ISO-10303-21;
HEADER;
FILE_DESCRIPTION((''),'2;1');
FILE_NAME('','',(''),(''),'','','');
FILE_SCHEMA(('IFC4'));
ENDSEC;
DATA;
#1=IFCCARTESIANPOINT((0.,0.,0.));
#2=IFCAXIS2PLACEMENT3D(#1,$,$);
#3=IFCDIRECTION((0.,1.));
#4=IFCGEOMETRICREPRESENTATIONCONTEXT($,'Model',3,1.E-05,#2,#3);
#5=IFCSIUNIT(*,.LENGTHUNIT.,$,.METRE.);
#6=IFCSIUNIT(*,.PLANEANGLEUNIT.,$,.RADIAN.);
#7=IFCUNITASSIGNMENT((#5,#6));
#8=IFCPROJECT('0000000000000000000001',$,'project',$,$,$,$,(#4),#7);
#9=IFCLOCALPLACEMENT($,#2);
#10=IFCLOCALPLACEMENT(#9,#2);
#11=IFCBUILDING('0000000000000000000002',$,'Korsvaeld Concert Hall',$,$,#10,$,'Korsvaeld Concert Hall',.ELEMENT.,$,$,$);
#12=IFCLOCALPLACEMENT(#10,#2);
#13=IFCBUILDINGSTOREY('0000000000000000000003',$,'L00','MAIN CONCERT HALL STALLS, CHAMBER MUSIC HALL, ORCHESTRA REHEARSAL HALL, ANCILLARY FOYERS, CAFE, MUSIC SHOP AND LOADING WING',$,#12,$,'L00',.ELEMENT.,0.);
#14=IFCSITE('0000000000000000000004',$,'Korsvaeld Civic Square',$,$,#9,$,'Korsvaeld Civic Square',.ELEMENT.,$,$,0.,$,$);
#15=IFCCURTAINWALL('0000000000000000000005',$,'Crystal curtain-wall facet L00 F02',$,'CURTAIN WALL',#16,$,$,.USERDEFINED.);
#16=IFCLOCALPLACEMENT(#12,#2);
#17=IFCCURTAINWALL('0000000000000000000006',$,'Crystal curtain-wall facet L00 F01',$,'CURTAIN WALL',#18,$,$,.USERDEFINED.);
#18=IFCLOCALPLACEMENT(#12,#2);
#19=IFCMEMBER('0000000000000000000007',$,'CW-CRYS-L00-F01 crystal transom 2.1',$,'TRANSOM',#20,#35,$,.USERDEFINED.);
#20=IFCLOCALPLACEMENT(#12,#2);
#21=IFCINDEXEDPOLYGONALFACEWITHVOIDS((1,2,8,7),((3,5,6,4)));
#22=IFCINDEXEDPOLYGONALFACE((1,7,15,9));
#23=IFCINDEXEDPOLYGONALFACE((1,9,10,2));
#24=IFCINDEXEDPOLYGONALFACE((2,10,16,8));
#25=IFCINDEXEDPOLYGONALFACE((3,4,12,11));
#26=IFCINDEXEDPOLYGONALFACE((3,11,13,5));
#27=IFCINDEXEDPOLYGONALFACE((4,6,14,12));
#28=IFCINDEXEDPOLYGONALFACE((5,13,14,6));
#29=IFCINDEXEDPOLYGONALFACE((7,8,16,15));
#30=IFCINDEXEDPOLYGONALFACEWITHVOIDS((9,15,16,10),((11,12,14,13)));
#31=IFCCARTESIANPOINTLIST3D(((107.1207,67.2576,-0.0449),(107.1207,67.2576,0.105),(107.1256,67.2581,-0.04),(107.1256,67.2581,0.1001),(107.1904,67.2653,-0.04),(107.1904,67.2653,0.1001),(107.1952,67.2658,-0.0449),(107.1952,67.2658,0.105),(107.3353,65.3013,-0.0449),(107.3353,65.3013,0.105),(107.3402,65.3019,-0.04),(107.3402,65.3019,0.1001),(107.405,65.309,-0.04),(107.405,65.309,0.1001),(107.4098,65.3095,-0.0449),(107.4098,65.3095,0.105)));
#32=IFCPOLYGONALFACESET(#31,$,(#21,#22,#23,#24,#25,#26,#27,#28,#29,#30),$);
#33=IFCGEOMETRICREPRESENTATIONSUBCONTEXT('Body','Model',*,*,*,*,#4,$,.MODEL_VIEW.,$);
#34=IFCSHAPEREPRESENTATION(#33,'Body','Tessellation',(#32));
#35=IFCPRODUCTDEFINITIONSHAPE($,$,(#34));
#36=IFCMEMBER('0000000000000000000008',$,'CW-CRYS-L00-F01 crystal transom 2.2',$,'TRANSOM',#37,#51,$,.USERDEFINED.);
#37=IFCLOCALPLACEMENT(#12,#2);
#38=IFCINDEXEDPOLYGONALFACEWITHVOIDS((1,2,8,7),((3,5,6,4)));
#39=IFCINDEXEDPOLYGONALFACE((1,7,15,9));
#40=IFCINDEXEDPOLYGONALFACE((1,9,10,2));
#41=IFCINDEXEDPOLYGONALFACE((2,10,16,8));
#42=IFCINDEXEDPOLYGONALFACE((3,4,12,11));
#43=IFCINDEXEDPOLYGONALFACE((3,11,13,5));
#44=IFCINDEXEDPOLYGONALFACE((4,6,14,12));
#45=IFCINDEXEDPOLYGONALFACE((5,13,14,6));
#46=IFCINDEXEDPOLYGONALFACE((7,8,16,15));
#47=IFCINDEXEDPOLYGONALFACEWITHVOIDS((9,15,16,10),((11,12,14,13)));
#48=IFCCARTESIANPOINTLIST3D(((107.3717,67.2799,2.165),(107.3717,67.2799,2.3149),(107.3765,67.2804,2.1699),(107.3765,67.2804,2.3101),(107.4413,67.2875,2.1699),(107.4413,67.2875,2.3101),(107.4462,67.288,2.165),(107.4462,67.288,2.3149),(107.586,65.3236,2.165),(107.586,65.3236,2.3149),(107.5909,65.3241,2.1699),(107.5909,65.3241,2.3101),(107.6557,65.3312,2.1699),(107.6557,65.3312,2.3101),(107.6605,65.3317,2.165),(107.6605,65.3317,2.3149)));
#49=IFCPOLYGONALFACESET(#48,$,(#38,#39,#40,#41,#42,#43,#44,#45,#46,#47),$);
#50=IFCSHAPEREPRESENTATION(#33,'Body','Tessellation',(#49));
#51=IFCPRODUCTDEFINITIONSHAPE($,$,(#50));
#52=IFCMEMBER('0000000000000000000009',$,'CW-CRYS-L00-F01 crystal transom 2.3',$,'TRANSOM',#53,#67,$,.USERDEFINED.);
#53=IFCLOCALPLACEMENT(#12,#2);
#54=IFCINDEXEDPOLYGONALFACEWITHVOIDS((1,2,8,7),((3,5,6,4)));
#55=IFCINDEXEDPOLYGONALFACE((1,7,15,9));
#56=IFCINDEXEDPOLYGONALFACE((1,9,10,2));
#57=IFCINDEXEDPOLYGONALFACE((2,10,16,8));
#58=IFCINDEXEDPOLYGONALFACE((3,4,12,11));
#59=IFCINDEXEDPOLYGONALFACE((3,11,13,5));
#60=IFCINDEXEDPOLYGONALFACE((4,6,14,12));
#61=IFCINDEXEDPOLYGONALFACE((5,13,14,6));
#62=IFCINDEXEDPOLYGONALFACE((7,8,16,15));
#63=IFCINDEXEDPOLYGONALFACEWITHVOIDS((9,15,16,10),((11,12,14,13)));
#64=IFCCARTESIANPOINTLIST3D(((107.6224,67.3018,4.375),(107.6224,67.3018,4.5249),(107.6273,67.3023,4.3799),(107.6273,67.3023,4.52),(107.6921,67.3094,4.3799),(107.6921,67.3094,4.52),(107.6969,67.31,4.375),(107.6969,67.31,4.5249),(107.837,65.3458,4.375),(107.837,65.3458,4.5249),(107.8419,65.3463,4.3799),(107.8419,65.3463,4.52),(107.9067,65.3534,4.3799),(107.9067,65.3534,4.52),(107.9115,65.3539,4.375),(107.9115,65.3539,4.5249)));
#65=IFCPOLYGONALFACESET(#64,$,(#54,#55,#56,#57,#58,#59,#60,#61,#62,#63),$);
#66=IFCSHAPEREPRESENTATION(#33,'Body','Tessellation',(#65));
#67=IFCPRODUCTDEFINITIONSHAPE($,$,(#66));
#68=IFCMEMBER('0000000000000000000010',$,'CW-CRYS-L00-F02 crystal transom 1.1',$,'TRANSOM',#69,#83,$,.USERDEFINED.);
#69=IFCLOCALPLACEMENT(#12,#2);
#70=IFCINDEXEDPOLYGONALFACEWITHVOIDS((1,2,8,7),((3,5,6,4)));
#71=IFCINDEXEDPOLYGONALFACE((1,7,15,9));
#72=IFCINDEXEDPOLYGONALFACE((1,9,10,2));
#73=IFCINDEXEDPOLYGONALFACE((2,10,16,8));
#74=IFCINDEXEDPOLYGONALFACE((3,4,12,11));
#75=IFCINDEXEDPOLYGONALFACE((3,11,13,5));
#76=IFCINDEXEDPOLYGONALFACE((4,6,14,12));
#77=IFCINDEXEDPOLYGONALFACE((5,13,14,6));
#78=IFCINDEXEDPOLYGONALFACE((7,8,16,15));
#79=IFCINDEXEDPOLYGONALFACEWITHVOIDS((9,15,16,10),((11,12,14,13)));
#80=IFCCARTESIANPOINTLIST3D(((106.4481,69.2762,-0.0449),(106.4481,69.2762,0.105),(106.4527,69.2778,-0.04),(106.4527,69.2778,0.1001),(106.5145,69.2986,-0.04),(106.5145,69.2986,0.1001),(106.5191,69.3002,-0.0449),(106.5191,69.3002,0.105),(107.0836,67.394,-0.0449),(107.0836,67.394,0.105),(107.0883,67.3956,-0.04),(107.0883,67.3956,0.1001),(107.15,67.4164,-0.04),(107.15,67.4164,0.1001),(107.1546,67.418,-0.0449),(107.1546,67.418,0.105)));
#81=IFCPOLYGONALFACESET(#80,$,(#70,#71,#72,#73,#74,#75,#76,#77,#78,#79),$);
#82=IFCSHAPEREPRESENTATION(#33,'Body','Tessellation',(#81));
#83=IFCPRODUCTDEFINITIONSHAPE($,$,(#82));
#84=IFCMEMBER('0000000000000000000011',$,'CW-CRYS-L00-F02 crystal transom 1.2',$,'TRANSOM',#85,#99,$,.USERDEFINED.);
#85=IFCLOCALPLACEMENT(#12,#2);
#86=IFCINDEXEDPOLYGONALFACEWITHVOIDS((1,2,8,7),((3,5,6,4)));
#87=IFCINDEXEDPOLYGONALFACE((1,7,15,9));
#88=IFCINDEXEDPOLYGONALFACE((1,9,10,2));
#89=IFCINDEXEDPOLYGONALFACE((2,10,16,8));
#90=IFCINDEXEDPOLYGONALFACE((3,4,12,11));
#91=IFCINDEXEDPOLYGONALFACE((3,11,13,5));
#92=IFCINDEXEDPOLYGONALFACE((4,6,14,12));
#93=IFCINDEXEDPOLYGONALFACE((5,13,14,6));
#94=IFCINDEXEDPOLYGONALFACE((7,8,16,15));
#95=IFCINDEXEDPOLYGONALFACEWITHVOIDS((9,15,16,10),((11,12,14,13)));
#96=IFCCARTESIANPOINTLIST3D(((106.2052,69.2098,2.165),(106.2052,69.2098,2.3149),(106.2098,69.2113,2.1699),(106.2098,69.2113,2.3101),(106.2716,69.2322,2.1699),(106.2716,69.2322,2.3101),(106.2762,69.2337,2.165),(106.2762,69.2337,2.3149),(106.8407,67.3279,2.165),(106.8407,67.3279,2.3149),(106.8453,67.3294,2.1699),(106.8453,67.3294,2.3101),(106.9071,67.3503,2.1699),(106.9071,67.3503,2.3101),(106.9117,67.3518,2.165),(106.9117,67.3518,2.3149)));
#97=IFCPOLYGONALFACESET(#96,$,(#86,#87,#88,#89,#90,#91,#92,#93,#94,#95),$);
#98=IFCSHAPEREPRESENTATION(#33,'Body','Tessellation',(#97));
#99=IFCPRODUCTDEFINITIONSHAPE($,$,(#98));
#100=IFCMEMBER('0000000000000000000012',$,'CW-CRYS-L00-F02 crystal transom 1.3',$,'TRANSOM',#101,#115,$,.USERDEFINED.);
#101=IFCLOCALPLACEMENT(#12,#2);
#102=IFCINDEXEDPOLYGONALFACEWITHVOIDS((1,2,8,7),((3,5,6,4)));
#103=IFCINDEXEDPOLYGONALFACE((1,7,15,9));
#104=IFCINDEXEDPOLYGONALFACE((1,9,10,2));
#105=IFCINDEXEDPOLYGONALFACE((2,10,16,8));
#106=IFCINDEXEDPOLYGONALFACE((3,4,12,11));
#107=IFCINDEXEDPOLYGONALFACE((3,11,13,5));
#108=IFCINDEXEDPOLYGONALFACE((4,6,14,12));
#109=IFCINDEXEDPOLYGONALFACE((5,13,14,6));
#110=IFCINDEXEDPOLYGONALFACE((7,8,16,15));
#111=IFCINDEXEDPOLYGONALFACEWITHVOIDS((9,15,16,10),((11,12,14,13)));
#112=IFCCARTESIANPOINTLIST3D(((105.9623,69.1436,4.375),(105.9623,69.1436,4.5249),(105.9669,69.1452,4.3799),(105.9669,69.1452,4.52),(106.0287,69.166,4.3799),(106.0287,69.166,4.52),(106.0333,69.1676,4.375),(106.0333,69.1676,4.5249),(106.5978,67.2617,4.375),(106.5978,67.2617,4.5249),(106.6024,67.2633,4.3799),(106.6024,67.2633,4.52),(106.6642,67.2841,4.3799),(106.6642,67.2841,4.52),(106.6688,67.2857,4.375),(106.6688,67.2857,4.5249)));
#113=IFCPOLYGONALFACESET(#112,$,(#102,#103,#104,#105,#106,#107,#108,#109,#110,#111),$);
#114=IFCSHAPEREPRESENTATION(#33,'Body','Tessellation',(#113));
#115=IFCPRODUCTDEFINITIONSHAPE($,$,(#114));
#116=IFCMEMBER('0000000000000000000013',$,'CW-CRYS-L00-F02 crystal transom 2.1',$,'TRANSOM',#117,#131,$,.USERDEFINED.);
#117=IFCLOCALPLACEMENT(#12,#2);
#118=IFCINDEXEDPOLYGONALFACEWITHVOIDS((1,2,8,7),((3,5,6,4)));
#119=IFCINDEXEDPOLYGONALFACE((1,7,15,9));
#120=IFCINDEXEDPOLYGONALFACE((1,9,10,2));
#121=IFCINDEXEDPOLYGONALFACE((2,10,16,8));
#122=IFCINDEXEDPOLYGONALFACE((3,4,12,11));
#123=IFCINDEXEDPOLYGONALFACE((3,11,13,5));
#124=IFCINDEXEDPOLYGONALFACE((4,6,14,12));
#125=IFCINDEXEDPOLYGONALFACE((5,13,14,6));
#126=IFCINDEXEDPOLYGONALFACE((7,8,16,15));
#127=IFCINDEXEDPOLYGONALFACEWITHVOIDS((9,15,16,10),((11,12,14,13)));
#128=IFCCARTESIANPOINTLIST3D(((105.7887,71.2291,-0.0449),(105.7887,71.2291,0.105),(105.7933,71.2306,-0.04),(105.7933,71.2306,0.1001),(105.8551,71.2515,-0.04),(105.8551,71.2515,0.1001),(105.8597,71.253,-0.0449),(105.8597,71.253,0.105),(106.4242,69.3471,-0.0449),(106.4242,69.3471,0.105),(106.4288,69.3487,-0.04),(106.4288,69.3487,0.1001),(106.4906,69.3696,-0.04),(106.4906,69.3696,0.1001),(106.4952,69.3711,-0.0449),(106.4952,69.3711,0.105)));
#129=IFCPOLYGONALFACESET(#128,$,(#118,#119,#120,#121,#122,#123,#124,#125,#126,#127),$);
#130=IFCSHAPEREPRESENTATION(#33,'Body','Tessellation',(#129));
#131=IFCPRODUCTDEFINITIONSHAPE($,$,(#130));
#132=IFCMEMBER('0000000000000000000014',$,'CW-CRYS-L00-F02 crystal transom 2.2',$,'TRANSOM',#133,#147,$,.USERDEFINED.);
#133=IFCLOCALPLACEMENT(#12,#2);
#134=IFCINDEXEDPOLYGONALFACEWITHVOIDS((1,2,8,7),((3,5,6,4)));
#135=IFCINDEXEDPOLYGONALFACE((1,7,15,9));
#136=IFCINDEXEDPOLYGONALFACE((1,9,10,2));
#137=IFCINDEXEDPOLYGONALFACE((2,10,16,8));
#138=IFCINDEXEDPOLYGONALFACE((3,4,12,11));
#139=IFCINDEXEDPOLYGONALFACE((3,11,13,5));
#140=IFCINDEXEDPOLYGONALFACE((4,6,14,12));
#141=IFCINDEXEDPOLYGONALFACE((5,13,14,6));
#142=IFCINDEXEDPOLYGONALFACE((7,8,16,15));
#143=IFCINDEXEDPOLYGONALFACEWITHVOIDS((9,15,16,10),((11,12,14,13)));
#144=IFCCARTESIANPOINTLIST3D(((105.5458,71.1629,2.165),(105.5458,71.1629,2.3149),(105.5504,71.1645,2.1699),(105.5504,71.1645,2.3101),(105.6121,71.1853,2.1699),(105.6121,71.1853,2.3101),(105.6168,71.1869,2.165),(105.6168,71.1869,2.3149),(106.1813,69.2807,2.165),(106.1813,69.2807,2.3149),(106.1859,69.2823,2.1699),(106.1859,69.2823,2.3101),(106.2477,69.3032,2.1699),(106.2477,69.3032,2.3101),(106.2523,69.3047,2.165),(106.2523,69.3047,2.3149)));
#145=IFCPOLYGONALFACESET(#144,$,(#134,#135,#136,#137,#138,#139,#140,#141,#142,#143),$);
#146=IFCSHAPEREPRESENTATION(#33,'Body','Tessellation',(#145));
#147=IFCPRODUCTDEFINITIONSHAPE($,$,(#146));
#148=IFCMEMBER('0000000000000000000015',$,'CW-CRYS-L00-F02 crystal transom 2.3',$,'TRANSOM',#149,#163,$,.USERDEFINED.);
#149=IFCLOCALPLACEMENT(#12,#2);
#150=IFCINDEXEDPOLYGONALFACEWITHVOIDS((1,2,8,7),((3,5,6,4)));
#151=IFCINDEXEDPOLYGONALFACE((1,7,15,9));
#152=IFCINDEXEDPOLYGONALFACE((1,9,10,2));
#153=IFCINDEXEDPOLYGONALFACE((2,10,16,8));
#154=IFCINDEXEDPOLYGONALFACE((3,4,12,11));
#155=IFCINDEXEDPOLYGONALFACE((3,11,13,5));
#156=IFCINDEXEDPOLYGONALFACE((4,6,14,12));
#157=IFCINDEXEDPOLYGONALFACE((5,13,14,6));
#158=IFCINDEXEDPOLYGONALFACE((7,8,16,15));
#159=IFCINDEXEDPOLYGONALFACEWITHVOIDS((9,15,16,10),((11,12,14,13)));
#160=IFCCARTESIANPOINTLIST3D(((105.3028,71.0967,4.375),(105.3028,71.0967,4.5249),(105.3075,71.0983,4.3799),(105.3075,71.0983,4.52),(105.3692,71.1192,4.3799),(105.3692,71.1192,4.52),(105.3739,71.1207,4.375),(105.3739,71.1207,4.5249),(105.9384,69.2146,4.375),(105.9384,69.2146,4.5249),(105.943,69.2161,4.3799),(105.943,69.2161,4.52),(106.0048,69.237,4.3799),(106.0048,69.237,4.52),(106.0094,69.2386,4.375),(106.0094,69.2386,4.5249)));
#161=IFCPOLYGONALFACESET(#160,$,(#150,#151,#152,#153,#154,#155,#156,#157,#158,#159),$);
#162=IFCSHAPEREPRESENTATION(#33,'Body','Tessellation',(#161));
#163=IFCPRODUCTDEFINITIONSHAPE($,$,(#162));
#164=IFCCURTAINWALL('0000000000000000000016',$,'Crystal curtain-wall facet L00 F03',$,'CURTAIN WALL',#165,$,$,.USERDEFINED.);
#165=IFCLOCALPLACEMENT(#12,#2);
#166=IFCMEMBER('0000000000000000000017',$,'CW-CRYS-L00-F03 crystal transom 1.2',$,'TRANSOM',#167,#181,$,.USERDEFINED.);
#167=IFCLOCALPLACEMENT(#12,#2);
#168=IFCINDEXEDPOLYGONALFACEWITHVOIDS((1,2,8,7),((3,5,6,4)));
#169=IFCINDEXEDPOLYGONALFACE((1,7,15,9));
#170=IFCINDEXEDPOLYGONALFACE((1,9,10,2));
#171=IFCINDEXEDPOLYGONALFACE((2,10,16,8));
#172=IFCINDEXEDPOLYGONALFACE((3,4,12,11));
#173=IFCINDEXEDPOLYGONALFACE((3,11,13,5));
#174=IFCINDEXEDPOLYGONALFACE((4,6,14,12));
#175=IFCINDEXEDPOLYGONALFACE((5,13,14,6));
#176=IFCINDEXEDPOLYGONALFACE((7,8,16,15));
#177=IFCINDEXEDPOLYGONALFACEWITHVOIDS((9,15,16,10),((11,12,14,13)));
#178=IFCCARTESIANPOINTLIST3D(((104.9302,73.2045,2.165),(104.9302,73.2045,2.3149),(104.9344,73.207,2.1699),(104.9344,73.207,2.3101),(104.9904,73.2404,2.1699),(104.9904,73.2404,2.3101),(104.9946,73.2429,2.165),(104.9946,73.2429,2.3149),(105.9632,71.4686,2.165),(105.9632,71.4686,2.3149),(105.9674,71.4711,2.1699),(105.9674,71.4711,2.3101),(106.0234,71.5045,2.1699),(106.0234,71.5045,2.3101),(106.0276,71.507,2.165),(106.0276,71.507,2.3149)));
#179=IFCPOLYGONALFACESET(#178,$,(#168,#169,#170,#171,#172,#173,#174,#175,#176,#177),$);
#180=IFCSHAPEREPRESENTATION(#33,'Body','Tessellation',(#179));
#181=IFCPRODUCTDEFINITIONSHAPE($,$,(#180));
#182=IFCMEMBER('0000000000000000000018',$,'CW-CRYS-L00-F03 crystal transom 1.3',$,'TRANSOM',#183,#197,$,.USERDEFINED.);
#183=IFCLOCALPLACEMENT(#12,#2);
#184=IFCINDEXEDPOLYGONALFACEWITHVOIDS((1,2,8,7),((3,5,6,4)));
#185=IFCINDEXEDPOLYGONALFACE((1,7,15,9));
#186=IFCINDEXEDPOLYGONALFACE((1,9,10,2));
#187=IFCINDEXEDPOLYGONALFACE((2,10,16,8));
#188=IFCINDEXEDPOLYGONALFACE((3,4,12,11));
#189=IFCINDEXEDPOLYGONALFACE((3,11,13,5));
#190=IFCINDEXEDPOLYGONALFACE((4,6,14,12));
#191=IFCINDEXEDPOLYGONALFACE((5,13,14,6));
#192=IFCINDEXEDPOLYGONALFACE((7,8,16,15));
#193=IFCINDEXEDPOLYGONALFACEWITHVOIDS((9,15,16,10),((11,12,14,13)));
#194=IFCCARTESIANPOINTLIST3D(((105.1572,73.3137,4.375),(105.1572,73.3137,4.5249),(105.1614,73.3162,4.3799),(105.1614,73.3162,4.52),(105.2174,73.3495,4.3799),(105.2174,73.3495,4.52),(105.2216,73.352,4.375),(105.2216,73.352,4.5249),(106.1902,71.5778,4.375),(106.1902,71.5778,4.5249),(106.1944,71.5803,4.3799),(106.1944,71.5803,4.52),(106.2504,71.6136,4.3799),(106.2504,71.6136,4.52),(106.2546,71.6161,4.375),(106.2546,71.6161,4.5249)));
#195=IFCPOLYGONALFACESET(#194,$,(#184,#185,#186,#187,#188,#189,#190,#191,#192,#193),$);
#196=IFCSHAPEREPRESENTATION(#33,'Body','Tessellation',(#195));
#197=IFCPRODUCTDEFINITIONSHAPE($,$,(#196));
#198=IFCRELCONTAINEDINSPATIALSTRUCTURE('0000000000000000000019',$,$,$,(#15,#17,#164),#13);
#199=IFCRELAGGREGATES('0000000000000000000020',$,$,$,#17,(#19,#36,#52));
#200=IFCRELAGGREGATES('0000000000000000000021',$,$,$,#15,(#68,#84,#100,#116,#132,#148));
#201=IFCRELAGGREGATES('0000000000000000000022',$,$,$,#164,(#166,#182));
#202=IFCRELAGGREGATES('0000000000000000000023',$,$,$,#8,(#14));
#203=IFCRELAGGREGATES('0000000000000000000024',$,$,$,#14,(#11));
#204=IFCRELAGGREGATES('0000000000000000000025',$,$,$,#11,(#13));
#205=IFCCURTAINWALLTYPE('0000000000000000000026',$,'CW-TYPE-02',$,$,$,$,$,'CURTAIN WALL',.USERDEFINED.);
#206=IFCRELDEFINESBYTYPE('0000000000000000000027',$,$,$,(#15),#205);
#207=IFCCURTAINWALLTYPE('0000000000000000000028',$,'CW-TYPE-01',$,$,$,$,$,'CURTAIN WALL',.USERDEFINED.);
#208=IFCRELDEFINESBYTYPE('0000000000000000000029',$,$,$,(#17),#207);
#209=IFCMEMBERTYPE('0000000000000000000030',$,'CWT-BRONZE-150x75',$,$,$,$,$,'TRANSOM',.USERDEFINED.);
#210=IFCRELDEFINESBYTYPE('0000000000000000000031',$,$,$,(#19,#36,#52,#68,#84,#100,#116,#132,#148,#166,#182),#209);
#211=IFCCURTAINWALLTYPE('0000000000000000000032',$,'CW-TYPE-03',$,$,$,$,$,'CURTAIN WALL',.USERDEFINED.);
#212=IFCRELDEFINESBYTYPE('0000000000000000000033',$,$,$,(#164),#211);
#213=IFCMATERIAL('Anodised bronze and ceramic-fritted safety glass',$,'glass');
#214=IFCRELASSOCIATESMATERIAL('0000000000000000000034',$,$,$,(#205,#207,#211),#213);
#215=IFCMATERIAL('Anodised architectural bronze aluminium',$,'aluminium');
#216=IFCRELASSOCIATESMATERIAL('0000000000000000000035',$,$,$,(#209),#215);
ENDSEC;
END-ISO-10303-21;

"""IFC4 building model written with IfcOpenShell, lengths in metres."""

from ifc_helpers import new_model, si_unit, direction, frame, origin, origin_2d, place, context, subcontext, project, spatial, hollow_rectangle, extrude, material, material_profile, profile_set, type_object, element, aggregate, save


model = new_model("IFC4")

# Units and contexts
model_context = context("Model", 3, precision=1e-05, world=origin(), true_north=direction((0.0, 1.0)))
body_context = subcontext(model_context, "Body", "Model", "MODEL_VIEW")
ifc_project = project(units=[si_unit("LENGTHUNIT", "METRE"), si_unit("PLANEANGLEUNIT", "RADIAN")], contexts=[model_context])

# Site, building, storey
site_placement = place(None, origin())
site = spatial("IfcSite", under=ifc_project, at=site_placement, Name="Korsvaeld Civic Square", LongName="Korsvaeld Civic Square", CompositionType="ELEMENT", RefElevation=0.0)
building_placement = place(site_placement, origin())
building = spatial("IfcBuilding", under=site, at=building_placement, Name="Korsvaeld Concert Hall", LongName="Korsvaeld Concert Hall", CompositionType="ELEMENT")
storey_placement = place(building_placement, origin())
storey = spatial("IfcBuildingStorey", under=building, at=storey_placement, Name="L00", Description="MAIN CONCERT HALL STALLS, CHAMBER MUSIC HALL, ORCHESTRA REHEARSAL HALL, ANCILLARY FOYERS, CAFE, MUSIC SHOP AND LOADING WING", LongName="L00", CompositionType="ELEMENT", Elevation=0.0)

# Curtain walls, members
ifc_material_1 = material(Name="Anodised bronze and ceramic-fritted safety glass", Category="glass")
curtain_wall_type_1 = type_object("IfcCurtainWallType", Name="CW-TYPE-02", ElementType="CURTAIN WALL", PredefinedType="USERDEFINED", material=ifc_material_1)
curtain_wall_1_placement = place(storey_placement, origin())
curtain_wall_1 = element("IfcCurtainWall", 1, at=curtain_wall_1_placement, inside=storey, type_object=curtain_wall_type_1, Name="Crystal curtain-wall facet L00 F02", ObjectType="CURTAIN WALL", PredefinedType="USERDEFINED")
ifc_material_2 = material(Name="Anodised architectural bronze aluminium", Category="aluminium")
curtain_wall_type_2 = type_object("IfcCurtainWallType", Name="CW-TYPE-01", ElementType="CURTAIN WALL", PredefinedType="USERDEFINED", material=ifc_material_1)
curtain_wall_2_placement = place(storey_placement, origin())
curtain_wall_2 = element("IfcCurtainWall", 2, at=curtain_wall_2_placement, inside=storey, type_object=curtain_wall_type_2, Name="Crystal curtain-wall facet L00 F01", ObjectType="CURTAIN WALL", PredefinedType="USERDEFINED")
ifc_material_profile_1 = material_profile(ifc_material_2, hollow_rectangle(XDim=0.075, YDim=0.1499, WallThickness=0.0049, at=origin_2d()), Name="CWT 150x75x5")
ifc_profile_set_1 = profile_set([ifc_material_profile_1], Name="Anodised architectural bronze aluminium")
member_type_1 = type_object("IfcMemberType", Name="CWT-BRONZE-150x75", ElementType="TRANSOM", PredefinedType="USERDEFINED", material=ifc_profile_set_1)
member_1_placement = place(storey_placement, frame((107.3726, 65.3054, 0.03), z_axis=(-0.109043, 0.994037, 0.0), x_axis=(-0.994037, -0.109043, 0.0)))
member_1 = element("IfcMember", 3, at=member_1_placement, type_object=member_type_1, Name="CW-CRYS-L00-F01 crystal transom 2.1", ObjectType="TRANSOM", PredefinedType="USERDEFINED", context=body_context, shape_type="SweptSolid", body=[
    extrude(hollow_rectangle(XDim=0.075, YDim=0.1499, WallThickness=0.0049, at=origin_2d()), origin(), (0.0, 0.0, 1.0), 1.968),
])
member_2_placement = place(storey_placement, frame((107.6233, 65.3276, 2.24), z_axis=(-0.10892, 0.994051, 0.0), x_axis=(-0.994051, -0.10892, 0.0)))
member_2 = element("IfcMember", 4, at=member_2_placement, type_object=member_type_1, Name="CW-CRYS-L00-F01 crystal transom 2.2", ObjectType="TRANSOM", PredefinedType="USERDEFINED", context=body_context, shape_type="SweptSolid", body=[
    extrude(hollow_rectangle(XDim=0.075, YDim=0.1499, WallThickness=0.0049, at=origin_2d()), origin(), (0.0, 0.0, 1.0), 1.968),
])
member_3_placement = place(storey_placement, frame((107.8743, 65.3499, 4.45), z_axis=(-0.109056, 0.994036, 0.0), x_axis=(-0.994036, -0.109056, 0.0)))
member_3 = element("IfcMember", 5, at=member_3_placement, type_object=member_type_1, Name="CW-CRYS-L00-F01 crystal transom 2.3", ObjectType="TRANSOM", PredefinedType="USERDEFINED", context=body_context, shape_type="SweptSolid", body=[
    extrude(hollow_rectangle(XDim=0.075, YDim=0.1499, WallThickness=0.0049, at=origin_2d()), origin(), (0.0, 0.0, 1.0), 1.9678),
])

# Members
member_4_placement = place(storey_placement, frame((107.1191, 67.406, 0.03), z_axis=(-0.319912, 0.947447, 0.0), x_axis=(-0.947447, -0.319912, 0.0)))
member_4 = element("IfcMember", 6, at=member_4_placement, type_object=member_type_1, Name="CW-CRYS-L00-F02 crystal transom 1.1", ObjectType="TRANSOM", PredefinedType="USERDEFINED", context=body_context, shape_type="SweptSolid", body=[
    extrude(hollow_rectangle(XDim=0.075, YDim=0.1499, WallThickness=0.0049, at=origin_2d()), origin(), (0.0, 0.0, 1.0), 1.9866),
])
member_5_placement = place(storey_placement, frame((106.8762, 67.3398, 2.24), z_axis=(-0.31995, 0.947435, 0.0), x_axis=(-0.947435, -0.31995, 0.0)))
member_5 = element("IfcMember", 7, at=member_5_placement, type_object=member_type_1, Name="CW-CRYS-L00-F02 crystal transom 1.2", ObjectType="TRANSOM", PredefinedType="USERDEFINED", context=body_context, shape_type="SweptSolid", body=[
    extrude(hollow_rectangle(XDim=0.075, YDim=0.1499, WallThickness=0.0049, at=origin_2d()), origin(), (0.0, 0.0, 1.0), 1.9863),
])
member_6_placement = place(storey_placement, frame((106.6333, 67.2737, 4.45), z_axis=(-0.31995, 0.947435, 0.0), x_axis=(-0.947435, -0.31995, 0.0)))
member_6 = element("IfcMember", 8, at=member_6_placement, type_object=member_type_1, Name="CW-CRYS-L00-F02 crystal transom 1.3", ObjectType="TRANSOM", PredefinedType="USERDEFINED", context=body_context, shape_type="SweptSolid", body=[
    extrude(hollow_rectangle(XDim=0.075, YDim=0.1499, WallThickness=0.0049, at=origin_2d()), origin(), (0.0, 0.0, 1.0), 1.9863),
])
member_7_placement = place(storey_placement, frame((106.4597, 69.3591, 0.03), z_axis=(-0.31995, 0.947435, 0.0), x_axis=(-0.947435, -0.31995, 0.0)))
member_7 = element("IfcMember", 9, at=member_7_placement, type_object=member_type_1, Name="CW-CRYS-L00-F02 crystal transom 2.1", ObjectType="TRANSOM", PredefinedType="USERDEFINED", context=body_context, shape_type="SweptSolid", body=[
    extrude(hollow_rectangle(XDim=0.075, YDim=0.1499, WallThickness=0.0049, at=origin_2d()), origin(), (0.0, 0.0, 1.0), 1.9863),
])
member_8_placement = place(storey_placement, frame((106.2168, 69.2927, 2.24), z_axis=(-0.319912, 0.947447, 0.0), x_axis=(-0.947447, -0.319912, 0.0)))
member_8 = element("IfcMember", 10, at=member_8_placement, type_object=member_type_1, Name="CW-CRYS-L00-F02 crystal transom 2.2", ObjectType="TRANSOM", PredefinedType="USERDEFINED", context=body_context, shape_type="SweptSolid", body=[
    extrude(hollow_rectangle(XDim=0.075, YDim=0.1499, WallThickness=0.0049, at=origin_2d()), origin(), (0.0, 0.0, 1.0), 1.9866),
])
member_9_placement = place(storey_placement, frame((105.9739, 69.2266, 4.45), z_axis=(-0.319912, 0.947447, 0.0), x_axis=(-0.947447, -0.319912, 0.0)))
member_9 = element("IfcMember", 11, at=member_9_placement, type_object=member_type_1, Name="CW-CRYS-L00-F02 crystal transom 2.3", ObjectType="TRANSOM", PredefinedType="USERDEFINED", context=body_context, shape_type="SweptSolid", body=[
    extrude(hollow_rectangle(XDim=0.075, YDim=0.1499, WallThickness=0.0049, at=origin_2d()), origin(), (0.0, 0.0, 1.0), 1.9866),
])

# Curtain wall, members
curtain_wall_type_3 = type_object("IfcCurtainWallType", Name="CW-TYPE-03", ElementType="CURTAIN WALL", PredefinedType="USERDEFINED", material=ifc_material_1)
curtain_wall_3_placement = place(storey_placement, origin())
curtain_wall_3 = element("IfcCurtainWall", 12, at=curtain_wall_3_placement, inside=storey, type_object=curtain_wall_type_3, Name="Crystal curtain-wall facet L00 F03", ObjectType="CURTAIN WALL", PredefinedType="USERDEFINED")
member_10_placement = place(storey_placement, frame((105.9954, 71.4878, 2.24), z_axis=(-0.511382, 0.859354, 0.0), x_axis=(-0.859354, -0.511382, 0.0)))
member_10 = element("IfcMember", 13, at=member_10_placement, type_object=member_type_1, Name="CW-CRYS-L00-F03 crystal transom 1.2", ObjectType="TRANSOM", PredefinedType="USERDEFINED", context=body_context, shape_type="SweptSolid", body=[
    extrude(hollow_rectangle(XDim=0.075, YDim=0.1499, WallThickness=0.0049, at=origin_2d()), origin(), (0.0, 0.0, 1.0), 2.02),
])
member_11_placement = place(storey_placement, frame((106.2224, 71.5969, 4.45), z_axis=(-0.511382, 0.859354, 0.0), x_axis=(-0.859354, -0.511382, 0.0)))
member_11 = element("IfcMember", 14, at=member_11_placement, type_object=member_type_1, Name="CW-CRYS-L00-F03 crystal transom 1.3", ObjectType="TRANSOM", PredefinedType="USERDEFINED", context=body_context, shape_type="SweptSolid", body=[
    extrude(hollow_rectangle(XDim=0.075, YDim=0.1499, WallThickness=0.0049, at=origin_2d()), origin(), (0.0, 0.0, 1.0), 2.02),
])

aggregate(curtain_wall_2, [member_1, member_2, member_3])
aggregate(curtain_wall_1, [member_4, member_5, member_6, member_7, member_8, member_9])
aggregate(curtain_wall_3, [member_10, member_11])

save(model, "model.ifc")
